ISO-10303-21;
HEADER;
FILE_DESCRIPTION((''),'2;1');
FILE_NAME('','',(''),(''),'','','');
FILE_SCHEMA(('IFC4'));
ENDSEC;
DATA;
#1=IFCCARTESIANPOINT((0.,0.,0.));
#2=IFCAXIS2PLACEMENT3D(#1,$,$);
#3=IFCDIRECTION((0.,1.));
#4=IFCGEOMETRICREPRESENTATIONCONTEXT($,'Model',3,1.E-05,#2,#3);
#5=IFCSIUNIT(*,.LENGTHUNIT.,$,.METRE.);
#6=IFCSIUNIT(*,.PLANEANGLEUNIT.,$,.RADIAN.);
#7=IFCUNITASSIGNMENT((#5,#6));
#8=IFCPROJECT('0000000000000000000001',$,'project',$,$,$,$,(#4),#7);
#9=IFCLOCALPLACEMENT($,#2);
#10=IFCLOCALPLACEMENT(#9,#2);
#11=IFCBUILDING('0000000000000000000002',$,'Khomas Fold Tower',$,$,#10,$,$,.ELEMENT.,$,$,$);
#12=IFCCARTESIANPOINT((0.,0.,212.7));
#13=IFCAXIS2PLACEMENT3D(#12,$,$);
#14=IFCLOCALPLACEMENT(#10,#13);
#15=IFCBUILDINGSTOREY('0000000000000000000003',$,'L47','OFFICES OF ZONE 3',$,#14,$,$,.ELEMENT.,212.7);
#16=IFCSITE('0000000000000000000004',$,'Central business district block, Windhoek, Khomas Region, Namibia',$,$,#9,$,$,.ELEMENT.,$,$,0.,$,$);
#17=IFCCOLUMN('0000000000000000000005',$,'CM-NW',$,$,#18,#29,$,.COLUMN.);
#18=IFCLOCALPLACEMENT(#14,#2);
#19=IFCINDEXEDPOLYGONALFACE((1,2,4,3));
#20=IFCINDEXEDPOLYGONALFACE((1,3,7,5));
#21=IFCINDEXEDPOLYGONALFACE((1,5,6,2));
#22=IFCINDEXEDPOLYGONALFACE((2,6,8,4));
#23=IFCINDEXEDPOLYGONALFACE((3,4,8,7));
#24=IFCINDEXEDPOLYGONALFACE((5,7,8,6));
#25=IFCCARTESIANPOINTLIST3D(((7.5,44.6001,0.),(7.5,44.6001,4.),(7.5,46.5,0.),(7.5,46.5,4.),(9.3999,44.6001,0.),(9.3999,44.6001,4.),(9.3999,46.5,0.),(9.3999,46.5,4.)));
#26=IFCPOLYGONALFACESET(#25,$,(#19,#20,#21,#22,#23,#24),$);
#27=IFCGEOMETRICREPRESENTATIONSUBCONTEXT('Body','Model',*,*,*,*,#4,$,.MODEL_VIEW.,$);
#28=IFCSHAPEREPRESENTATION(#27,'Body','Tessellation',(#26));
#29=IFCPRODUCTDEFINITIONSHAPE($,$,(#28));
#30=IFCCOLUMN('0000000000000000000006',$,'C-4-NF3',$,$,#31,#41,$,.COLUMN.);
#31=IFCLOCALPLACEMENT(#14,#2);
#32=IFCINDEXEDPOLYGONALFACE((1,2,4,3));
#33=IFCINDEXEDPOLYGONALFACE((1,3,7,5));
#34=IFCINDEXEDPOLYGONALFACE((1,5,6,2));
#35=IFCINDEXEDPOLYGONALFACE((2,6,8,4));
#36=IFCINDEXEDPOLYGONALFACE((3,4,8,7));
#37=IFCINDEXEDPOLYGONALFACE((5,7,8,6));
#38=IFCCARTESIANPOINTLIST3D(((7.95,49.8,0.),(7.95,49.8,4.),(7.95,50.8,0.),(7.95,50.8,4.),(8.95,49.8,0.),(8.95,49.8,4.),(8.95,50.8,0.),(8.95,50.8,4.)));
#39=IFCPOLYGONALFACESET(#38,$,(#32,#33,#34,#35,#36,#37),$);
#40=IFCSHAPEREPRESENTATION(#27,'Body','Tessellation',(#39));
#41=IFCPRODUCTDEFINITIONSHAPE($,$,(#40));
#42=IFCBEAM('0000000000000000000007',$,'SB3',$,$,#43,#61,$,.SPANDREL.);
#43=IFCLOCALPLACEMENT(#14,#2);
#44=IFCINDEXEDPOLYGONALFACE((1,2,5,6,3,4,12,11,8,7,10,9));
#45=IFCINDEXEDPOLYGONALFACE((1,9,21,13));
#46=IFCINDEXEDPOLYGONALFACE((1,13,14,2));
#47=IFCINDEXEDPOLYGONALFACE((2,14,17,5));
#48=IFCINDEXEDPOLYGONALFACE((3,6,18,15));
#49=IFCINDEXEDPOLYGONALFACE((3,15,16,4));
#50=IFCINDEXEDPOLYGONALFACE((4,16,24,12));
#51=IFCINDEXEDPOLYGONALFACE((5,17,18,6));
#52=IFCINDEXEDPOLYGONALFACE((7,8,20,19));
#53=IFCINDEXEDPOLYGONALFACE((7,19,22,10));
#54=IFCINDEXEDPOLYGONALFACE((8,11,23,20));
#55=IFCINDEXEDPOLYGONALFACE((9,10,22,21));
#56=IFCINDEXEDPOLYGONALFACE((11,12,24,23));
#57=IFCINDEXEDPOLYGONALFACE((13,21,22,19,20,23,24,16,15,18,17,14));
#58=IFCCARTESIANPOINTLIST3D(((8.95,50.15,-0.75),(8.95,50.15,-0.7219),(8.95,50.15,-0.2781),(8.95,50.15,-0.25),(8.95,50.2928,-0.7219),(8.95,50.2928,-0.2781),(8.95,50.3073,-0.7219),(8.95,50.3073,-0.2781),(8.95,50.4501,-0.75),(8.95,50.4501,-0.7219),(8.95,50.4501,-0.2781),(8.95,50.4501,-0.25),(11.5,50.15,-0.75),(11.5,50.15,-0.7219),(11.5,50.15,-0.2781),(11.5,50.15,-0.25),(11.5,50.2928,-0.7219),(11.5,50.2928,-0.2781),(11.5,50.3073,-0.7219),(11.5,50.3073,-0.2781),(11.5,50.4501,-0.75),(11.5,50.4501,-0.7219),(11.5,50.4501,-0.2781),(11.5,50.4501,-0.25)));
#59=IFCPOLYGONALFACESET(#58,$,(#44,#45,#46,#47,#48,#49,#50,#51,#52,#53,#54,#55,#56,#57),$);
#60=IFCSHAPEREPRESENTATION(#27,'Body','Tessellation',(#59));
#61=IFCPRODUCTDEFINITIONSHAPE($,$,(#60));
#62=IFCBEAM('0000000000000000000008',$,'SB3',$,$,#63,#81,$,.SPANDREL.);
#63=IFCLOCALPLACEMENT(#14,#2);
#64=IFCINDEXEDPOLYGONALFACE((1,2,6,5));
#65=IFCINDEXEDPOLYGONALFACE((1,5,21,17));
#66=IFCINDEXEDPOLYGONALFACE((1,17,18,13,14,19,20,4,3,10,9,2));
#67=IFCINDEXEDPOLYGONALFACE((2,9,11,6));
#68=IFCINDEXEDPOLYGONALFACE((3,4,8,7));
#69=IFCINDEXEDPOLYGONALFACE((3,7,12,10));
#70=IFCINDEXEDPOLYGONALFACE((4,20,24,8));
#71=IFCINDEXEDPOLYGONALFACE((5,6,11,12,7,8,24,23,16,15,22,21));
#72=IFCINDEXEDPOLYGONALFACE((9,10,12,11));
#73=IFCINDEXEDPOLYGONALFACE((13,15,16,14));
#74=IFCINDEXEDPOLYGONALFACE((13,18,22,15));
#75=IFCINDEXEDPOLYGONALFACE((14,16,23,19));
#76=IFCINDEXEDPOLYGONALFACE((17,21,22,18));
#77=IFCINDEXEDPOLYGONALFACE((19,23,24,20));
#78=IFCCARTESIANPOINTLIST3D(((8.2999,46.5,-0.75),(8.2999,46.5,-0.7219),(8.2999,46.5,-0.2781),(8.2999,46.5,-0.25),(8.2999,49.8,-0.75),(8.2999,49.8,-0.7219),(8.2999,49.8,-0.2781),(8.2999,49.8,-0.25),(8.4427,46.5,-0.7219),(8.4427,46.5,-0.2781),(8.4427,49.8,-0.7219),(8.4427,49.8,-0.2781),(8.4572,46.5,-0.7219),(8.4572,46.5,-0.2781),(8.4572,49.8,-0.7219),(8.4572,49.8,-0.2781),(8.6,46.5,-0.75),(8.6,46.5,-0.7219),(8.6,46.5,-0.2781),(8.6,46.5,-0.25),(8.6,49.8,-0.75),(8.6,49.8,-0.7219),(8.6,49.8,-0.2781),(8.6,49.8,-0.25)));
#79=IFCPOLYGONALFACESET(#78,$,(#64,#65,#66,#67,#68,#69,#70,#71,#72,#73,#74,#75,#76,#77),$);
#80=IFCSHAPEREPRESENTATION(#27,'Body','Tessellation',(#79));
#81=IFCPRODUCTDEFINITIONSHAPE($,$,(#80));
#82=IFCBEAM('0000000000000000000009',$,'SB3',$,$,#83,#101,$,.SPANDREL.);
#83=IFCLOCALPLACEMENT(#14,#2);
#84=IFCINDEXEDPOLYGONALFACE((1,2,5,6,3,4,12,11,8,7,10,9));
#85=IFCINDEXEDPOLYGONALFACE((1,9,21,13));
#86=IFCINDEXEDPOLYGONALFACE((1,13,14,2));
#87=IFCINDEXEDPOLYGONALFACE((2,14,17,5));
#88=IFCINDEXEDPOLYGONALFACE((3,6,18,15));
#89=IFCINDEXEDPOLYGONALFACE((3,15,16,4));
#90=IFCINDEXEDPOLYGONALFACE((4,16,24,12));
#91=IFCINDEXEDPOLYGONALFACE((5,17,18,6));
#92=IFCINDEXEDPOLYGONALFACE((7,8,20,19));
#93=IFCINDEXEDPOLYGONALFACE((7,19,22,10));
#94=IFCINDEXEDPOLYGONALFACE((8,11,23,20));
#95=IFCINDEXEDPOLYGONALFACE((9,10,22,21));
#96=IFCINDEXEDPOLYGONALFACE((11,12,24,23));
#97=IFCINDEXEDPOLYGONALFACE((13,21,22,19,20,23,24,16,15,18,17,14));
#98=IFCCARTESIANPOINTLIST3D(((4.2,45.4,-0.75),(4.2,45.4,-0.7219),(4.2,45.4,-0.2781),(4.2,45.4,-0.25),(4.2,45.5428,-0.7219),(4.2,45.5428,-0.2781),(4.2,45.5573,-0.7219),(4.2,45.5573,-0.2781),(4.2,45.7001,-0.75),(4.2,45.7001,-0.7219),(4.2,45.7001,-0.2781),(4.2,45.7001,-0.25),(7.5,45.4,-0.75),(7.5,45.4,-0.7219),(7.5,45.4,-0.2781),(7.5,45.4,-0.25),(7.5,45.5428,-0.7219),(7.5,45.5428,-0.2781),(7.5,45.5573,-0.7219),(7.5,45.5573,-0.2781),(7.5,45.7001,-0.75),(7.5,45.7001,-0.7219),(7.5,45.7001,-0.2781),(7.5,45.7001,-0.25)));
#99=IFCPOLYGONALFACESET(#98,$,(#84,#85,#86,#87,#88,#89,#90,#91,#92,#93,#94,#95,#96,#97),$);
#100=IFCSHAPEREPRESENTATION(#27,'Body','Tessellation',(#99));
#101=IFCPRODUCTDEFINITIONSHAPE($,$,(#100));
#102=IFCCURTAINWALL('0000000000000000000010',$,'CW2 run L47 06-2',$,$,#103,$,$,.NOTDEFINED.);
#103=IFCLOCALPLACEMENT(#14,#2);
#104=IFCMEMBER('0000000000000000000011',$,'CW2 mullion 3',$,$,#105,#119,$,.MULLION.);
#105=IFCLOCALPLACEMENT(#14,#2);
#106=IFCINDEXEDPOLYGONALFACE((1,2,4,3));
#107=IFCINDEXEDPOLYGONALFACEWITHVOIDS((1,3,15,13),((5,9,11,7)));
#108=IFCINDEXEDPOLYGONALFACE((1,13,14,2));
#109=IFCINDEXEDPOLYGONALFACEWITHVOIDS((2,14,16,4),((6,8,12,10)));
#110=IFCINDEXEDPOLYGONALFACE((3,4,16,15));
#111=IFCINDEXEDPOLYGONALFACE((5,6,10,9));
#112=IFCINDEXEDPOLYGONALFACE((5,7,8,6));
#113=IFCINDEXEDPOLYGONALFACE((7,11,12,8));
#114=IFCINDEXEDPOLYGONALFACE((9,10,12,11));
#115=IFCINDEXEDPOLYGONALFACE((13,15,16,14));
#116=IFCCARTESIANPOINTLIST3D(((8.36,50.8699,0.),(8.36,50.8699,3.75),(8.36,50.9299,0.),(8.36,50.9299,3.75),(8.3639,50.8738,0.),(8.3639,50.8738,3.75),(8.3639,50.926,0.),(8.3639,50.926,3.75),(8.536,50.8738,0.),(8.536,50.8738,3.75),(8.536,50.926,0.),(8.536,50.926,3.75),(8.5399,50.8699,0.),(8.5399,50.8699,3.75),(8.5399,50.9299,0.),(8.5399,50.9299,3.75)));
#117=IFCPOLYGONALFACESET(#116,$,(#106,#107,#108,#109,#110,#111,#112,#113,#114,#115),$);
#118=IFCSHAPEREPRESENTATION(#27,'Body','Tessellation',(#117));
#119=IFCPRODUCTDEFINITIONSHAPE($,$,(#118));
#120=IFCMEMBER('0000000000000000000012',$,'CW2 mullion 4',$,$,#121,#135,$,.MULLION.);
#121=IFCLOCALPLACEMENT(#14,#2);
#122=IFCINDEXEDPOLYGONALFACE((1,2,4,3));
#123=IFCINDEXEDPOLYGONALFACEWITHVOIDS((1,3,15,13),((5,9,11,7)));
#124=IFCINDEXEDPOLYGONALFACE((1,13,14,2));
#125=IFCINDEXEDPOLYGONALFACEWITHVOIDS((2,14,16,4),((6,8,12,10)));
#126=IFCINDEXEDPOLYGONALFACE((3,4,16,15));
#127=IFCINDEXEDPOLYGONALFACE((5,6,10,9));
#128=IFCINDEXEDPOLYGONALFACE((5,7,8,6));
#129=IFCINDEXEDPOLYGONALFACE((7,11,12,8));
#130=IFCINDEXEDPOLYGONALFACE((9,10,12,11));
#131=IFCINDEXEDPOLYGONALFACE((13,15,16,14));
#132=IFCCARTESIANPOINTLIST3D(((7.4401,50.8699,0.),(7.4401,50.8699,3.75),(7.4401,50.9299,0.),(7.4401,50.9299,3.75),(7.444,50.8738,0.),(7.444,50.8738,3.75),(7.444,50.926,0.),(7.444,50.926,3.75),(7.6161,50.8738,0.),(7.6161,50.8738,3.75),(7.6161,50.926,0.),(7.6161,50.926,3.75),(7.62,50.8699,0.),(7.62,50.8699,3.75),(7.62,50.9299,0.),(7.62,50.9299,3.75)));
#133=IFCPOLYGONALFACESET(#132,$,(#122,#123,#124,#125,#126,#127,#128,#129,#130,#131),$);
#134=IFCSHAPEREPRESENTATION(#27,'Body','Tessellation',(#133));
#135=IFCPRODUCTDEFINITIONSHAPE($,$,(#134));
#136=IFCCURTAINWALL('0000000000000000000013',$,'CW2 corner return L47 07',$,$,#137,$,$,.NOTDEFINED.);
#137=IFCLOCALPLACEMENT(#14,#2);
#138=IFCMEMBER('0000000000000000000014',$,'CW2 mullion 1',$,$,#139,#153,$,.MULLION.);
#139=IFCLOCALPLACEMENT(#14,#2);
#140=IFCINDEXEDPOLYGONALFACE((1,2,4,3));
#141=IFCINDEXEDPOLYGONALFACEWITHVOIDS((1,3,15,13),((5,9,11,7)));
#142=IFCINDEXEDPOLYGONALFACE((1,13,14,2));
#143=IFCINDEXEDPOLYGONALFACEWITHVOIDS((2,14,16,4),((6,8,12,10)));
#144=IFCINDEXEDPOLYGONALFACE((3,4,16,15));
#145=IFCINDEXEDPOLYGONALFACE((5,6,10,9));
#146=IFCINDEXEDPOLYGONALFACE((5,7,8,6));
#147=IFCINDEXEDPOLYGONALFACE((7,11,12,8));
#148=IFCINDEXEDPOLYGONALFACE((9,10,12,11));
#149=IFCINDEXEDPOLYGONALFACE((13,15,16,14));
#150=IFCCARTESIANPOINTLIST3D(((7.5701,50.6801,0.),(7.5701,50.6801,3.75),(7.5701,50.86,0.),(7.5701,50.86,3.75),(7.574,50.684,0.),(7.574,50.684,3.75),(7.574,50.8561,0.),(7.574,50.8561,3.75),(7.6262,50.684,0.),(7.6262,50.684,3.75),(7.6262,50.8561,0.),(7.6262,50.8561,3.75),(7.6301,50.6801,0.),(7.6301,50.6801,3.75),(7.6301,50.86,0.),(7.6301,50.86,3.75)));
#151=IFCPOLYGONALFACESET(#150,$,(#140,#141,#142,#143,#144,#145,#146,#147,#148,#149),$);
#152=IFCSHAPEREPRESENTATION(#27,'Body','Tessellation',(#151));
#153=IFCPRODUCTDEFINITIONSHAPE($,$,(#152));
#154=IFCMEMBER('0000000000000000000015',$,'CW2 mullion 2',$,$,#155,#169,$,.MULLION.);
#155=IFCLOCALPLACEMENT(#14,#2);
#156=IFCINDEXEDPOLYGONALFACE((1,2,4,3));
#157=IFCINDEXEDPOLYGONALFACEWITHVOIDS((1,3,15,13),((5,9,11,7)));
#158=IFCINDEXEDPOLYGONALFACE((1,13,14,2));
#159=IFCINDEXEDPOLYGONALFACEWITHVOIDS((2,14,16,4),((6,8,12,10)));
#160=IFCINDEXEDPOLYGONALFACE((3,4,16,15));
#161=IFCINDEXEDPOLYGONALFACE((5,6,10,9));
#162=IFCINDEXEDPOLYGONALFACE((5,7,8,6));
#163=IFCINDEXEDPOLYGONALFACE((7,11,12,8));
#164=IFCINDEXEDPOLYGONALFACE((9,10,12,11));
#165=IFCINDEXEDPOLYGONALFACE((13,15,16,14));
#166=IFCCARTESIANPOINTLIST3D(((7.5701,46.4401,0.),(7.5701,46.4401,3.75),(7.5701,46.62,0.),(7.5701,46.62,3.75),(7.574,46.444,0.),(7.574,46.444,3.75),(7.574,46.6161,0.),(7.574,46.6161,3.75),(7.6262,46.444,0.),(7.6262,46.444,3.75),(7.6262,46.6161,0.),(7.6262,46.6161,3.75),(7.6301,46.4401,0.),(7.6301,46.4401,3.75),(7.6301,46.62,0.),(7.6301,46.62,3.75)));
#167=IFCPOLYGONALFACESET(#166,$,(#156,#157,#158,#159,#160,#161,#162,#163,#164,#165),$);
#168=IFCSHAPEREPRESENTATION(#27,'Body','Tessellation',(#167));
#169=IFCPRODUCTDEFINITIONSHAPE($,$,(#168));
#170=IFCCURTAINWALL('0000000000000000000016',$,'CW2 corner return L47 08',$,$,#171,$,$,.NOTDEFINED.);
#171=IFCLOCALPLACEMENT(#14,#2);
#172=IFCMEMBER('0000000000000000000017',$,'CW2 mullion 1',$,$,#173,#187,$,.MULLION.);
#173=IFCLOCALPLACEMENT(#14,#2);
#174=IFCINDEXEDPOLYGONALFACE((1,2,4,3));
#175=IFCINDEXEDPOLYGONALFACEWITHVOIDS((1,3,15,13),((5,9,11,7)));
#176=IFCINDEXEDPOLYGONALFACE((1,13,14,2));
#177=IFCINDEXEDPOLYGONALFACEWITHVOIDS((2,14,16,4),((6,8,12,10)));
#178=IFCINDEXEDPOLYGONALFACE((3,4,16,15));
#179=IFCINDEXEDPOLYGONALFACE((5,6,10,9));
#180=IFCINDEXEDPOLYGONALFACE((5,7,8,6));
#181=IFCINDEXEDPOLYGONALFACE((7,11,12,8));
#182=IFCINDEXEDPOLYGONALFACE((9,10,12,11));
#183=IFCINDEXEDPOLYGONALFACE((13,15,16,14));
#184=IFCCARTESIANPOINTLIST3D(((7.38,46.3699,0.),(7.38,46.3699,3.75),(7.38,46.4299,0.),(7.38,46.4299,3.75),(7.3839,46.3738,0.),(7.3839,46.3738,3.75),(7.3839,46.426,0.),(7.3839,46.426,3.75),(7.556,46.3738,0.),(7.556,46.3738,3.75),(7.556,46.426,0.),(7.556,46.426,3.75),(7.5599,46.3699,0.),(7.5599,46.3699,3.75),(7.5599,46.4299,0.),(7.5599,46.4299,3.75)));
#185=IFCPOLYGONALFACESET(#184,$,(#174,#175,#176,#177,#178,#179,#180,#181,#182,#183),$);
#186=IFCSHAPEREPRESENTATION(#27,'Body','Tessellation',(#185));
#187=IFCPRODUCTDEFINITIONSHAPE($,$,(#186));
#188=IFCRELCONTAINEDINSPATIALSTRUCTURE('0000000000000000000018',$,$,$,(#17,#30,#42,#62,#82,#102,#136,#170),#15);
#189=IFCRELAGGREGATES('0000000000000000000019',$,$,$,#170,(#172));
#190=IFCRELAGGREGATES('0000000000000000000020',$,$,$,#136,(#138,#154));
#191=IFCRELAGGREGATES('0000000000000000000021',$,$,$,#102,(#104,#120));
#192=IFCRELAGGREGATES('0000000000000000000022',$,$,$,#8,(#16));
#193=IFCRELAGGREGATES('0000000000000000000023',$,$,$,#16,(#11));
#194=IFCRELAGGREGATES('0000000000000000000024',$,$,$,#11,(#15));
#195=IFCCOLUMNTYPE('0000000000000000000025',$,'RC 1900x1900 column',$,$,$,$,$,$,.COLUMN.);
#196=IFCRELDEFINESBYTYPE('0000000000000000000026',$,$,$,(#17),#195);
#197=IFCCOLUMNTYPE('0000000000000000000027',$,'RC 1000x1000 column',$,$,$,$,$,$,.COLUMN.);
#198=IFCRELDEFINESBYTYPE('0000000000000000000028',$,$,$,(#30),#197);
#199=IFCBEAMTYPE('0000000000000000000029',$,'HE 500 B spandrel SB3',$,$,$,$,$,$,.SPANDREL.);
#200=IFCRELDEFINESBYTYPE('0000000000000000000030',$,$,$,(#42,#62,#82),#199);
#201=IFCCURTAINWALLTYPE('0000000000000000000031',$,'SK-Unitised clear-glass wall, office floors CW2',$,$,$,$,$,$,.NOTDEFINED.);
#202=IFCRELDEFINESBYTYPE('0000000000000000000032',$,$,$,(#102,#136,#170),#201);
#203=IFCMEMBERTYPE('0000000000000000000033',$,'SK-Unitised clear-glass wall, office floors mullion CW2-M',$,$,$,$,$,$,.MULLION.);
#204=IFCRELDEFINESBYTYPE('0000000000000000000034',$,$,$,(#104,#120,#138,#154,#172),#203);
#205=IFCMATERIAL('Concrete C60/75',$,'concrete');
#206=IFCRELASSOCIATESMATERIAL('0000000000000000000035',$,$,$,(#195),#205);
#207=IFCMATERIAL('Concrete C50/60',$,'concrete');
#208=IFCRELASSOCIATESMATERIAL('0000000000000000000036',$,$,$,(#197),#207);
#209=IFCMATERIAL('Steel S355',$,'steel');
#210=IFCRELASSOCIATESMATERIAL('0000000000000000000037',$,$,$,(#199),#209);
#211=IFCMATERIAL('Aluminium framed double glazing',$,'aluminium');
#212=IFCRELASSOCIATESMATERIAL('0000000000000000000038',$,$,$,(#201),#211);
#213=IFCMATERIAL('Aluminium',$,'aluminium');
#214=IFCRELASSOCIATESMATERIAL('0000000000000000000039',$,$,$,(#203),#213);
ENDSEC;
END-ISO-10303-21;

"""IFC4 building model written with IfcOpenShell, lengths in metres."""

from ifc_helpers import new_model, si_unit, direction, frame, origin, origin_2d, place, context, subcontext, project, spatial, rectangle, hollow_rectangle, i_section, extrude, source, transform, mapped, material, material_profile, profile_set, type_object, element, aggregate, save


model = new_model("IFC4")

# Units and contexts
model_context = context("Model", 3, precision=1e-05, world=origin(), true_north=direction((0.0, 1.0)))
body_context = subcontext(model_context, "Body", "Model", "MODEL_VIEW")
ifc_project = project(units=[si_unit("LENGTHUNIT", "METRE"), si_unit("PLANEANGLEUNIT", "RADIAN")], contexts=[model_context])

# Site, building, storey
site_placement = place(None, origin())
site = spatial("IfcSite", under=ifc_project, at=site_placement, Name="Central business district block, Windhoek, Khomas Region, Namibia", CompositionType="ELEMENT", RefElevation=0.0)
building_placement = place(site_placement, origin())
building = spatial("IfcBuilding", under=site, at=building_placement, Name="Khomas Fold Tower", CompositionType="ELEMENT")
storey_placement = place(building_placement, frame((0.0, 0.0, 212.7)))
storey = spatial("IfcBuildingStorey", under=building, at=storey_placement, Name="L47", Description="OFFICES OF ZONE 3", CompositionType="ELEMENT", Elevation=212.7)

# Columns
ifc_material_1 = material(Name="Concrete C60/75", Category="concrete")
ifc_material_profile_1 = material_profile(ifc_material_1, rectangle(XDim=1.8999, YDim=1.8999, at=origin_2d()), Name="RC 1900x1900")
ifc_profile_set_1 = profile_set([ifc_material_profile_1], Name="Concrete C60/75")
column_type_1 = type_object("IfcColumnType", Name="RC 1900x1900 column", PredefinedType="COLUMN", material=ifc_profile_set_1)
shared_shape_1 = source(origin(), body_context, "Body", "SweptSolid", [
    extrude(rectangle(XDim=1.8999, YDim=1.8999, at=origin_2d()), origin(), (0.0, 0.0, 1.0), 4.0),
])
column_1_placement = place(storey_placement, frame((8.45, 45.55, 0.0), z_axis=(0.0, 0.0, 1.0), x_axis=(1.0, 0.0, 0.0)))
element("IfcColumn", 1, at=column_1_placement, inside=storey, type_object=column_type_1, Name="CM-NW", PredefinedType="COLUMN", context=body_context, shape_type="MappedRepresentation", body=[
    mapped(shared_shape_1, transform((0.0, 0.0, 0.0))),
])
ifc_material_2 = material(Name="Concrete C50/60", Category="concrete")
ifc_material_profile_2 = material_profile(ifc_material_2, rectangle(XDim=1.0, YDim=1.0, at=origin_2d()), Name="RC 1000x1000")
ifc_profile_set_2 = profile_set([ifc_material_profile_2], Name="Concrete C50/60")
column_type_2 = type_object("IfcColumnType", Name="RC 1000x1000 column", PredefinedType="COLUMN", material=ifc_profile_set_2)
shared_shape_2 = source(origin(), body_context, "Body", "SweptSolid", [
    extrude(rectangle(XDim=1.0, YDim=1.0, at=origin_2d()), origin(), (0.0, 0.0, 1.0), 4.0),
])
column_2_placement = place(storey_placement, frame((8.45, 50.3, 0.0), z_axis=(0.0, 0.0, 1.0), x_axis=(1.0, 0.0, 0.0)))
element("IfcColumn", 2, at=column_2_placement, inside=storey, type_object=column_type_2, Name="C-4-NF3", PredefinedType="COLUMN", context=body_context, shape_type="MappedRepresentation", body=[
    mapped(shared_shape_2, transform((0.0, 0.0, 0.0))),
])

# Beams
ifc_material_3 = material(Name="Steel S355", Category="steel")
ifc_material_profile_3 = material_profile(ifc_material_3, i_section(OverallWidth=0.3, OverallDepth=0.5, WebThickness=0.0144, FlangeThickness=0.0281, at=origin_2d()), Name="HE 500 B")
ifc_profile_set_3 = profile_set([ifc_material_profile_3], Name="Steel S355")
beam_type = type_object("IfcBeamType", Name="HE 500 B spandrel SB3", PredefinedType="SPANDREL", material=ifc_profile_set_3)
shared_shape_3 = source(origin(), body_context, "Body", "SweptSolid", [
    extrude(i_section(OverallWidth=0.3, OverallDepth=0.5, WebThickness=0.0144, FlangeThickness=0.0281, at=origin_2d()), origin(), (0.0, 0.0, 1.0), 2.55),
])
beam_placement = place(storey_placement, frame((8.95, 50.3, -0.5), z_axis=(1.0, 0.0, 0.0), x_axis=(0.0, 1.0, 0.0)))
element("IfcBeam", 3, at=beam_placement, inside=storey, type_object=beam_type, Name="SB3", PredefinedType="SPANDREL", context=body_context, shape_type="MappedRepresentation", body=[
    mapped(shared_shape_3, transform((0.0, 0.0, 0.0))),
])
shared_shape_4 = source(origin(), body_context, "Body", "SweptSolid", [
    extrude(i_section(OverallWidth=0.3, OverallDepth=0.5, WebThickness=0.0144, FlangeThickness=0.0281, at=origin_2d()), origin(), (0.0, 0.0, 1.0), 3.3),
])
for number, where, z_axis, x_axis, name in (
    (4, (8.45, 46.5, -0.5), (0.0, 1.0, 0.0), (-1.0, 0.0, 0.0), "SB3"),
    (5, (4.2, 45.55, -0.5), (1.0, 0.0, 0.0), (0.0, 1.0, 0.0), "SB3"),
):
    element("IfcBeam", number, at=place(storey_placement, frame(where, z_axis=z_axis, x_axis=x_axis)), inside=storey, type_object=beam_type, Name=name, PredefinedType="SPANDREL", context=body_context, shape_type="MappedRepresentation", body=[
        mapped(shared_shape_4, transform((0.0, 0.0, 0.0))),
    ])

# Curtain walls, members
ifc_material_4 = material(Name="Aluminium framed double glazing", Category="aluminium")
curtain_wall_type = type_object("IfcCurtainWallType", Name="SK-Unitised clear-glass wall, office floors CW2", PredefinedType="NOTDEFINED", material=ifc_material_4)
curtain_wall_1_placement = place(storey_placement, origin())
curtain_wall_1 = element("IfcCurtainWall", 6, at=curtain_wall_1_placement, inside=storey, type_object=curtain_wall_type, Name="CW2 run L47 06-2", PredefinedType="NOTDEFINED")
ifc_material_5 = material(Name="Aluminium", Category="aluminium")
ifc_material_profile_4 = material_profile(ifc_material_5, hollow_rectangle(XDim=0.0601, YDim=0.1799, WallThickness=0.0039, at=origin_2d()), Name="SK-Unitised clear-glass wall, office floors mullion CW2-M")
ifc_profile_set_4 = profile_set([ifc_material_profile_4], Name="Aluminium")
member_type_1 = type_object("IfcMemberType", Name="SK-Unitised clear-glass wall, office floors mullion CW2-M", PredefinedType="MULLION", material=ifc_profile_set_4)
shared_shape_5 = source(origin(), body_context, "Body", "SweptSolid", [
    extrude(hollow_rectangle(XDim=0.0601, YDim=0.1799, WallThickness=0.0039, at=origin_2d()), origin(), (0.0, 0.0, 1.0), 3.75),
])
member_1_placement = place(storey_placement, frame((8.45, 50.8999, 0.0), z_axis=(0.0, 0.0, 1.0), x_axis=(0.0, -1.0, 0.0)))
member_1 = element("IfcMember", 7, at=member_1_placement, type_object=member_type_1, Name="CW2 mullion 3", PredefinedType="MULLION", context=body_context, shape_type="MappedRepresentation", body=[
    mapped(shared_shape_5, transform((0.0, 0.0, 0.0))),
])
member_2_placement = place(storey_placement, frame((7.53, 50.8999, 0.0), z_axis=(0.0, 0.0, 1.0), x_axis=(0.0, -1.0, 0.0)))
member_2 = element("IfcMember", 8, at=member_2_placement, type_object=member_type_1, Name="CW2 mullion 4", PredefinedType="MULLION", context=body_context, shape_type="MappedRepresentation", body=[
    mapped(shared_shape_5, transform((0.0, 0.0, 0.0))),
])
curtain_wall_2_placement = place(storey_placement, origin())
curtain_wall_2 = element("IfcCurtainWall", 9, at=curtain_wall_2_placement, inside=storey, type_object=curtain_wall_type, Name="CW2 corner return L47 07", PredefinedType="NOTDEFINED")
member_3_placement = place(storey_placement, frame((7.6001, 50.77, 0.0), z_axis=(0.0, 0.0, 1.0), x_axis=(1.0, 0.0, 0.0)))
member_3 = element("IfcMember", 10, at=member_3_placement, type_object=member_type_1, Name="CW2 mullion 1", PredefinedType="MULLION", context=body_context, shape_type="MappedRepresentation", body=[
    mapped(shared_shape_5, transform((0.0, 0.0, 0.0))),
])
member_4_placement = place(storey_placement, frame((7.6001, 46.53, 0.0), z_axis=(0.0, 0.0, 1.0), x_axis=(1.0, 0.0, 0.0)))
member_4 = element("IfcMember", 11, at=member_4_placement, type_object=member_type_1, Name="CW2 mullion 2", PredefinedType="MULLION", context=body_context, shape_type="MappedRepresentation", body=[
    mapped(shared_shape_5, transform((0.0, 0.0, 0.0))),
])
curtain_wall_3_placement = place(storey_placement, origin())
curtain_wall_3 = element("IfcCurtainWall", 12, at=curtain_wall_3_placement, inside=storey, type_object=curtain_wall_type, Name="CW2 corner return L47 08", PredefinedType="NOTDEFINED")
member_5_placement = place(storey_placement, frame((7.47, 46.3999, 0.0), z_axis=(0.0, 0.0, 1.0), x_axis=(0.0, -1.0, 0.0)))
member_5 = element("IfcMember", 13, at=member_5_placement, type_object=member_type_1, Name="CW2 mullion 1", PredefinedType="MULLION", context=body_context, shape_type="MappedRepresentation", body=[
    mapped(shared_shape_5, transform((0.0, 0.0, 0.0))),
])

aggregate(curtain_wall_3, [member_5])
aggregate(curtain_wall_2, [member_3, member_4])
aggregate(curtain_wall_1, [member_1, member_2])

save(model, "model.ifc")
